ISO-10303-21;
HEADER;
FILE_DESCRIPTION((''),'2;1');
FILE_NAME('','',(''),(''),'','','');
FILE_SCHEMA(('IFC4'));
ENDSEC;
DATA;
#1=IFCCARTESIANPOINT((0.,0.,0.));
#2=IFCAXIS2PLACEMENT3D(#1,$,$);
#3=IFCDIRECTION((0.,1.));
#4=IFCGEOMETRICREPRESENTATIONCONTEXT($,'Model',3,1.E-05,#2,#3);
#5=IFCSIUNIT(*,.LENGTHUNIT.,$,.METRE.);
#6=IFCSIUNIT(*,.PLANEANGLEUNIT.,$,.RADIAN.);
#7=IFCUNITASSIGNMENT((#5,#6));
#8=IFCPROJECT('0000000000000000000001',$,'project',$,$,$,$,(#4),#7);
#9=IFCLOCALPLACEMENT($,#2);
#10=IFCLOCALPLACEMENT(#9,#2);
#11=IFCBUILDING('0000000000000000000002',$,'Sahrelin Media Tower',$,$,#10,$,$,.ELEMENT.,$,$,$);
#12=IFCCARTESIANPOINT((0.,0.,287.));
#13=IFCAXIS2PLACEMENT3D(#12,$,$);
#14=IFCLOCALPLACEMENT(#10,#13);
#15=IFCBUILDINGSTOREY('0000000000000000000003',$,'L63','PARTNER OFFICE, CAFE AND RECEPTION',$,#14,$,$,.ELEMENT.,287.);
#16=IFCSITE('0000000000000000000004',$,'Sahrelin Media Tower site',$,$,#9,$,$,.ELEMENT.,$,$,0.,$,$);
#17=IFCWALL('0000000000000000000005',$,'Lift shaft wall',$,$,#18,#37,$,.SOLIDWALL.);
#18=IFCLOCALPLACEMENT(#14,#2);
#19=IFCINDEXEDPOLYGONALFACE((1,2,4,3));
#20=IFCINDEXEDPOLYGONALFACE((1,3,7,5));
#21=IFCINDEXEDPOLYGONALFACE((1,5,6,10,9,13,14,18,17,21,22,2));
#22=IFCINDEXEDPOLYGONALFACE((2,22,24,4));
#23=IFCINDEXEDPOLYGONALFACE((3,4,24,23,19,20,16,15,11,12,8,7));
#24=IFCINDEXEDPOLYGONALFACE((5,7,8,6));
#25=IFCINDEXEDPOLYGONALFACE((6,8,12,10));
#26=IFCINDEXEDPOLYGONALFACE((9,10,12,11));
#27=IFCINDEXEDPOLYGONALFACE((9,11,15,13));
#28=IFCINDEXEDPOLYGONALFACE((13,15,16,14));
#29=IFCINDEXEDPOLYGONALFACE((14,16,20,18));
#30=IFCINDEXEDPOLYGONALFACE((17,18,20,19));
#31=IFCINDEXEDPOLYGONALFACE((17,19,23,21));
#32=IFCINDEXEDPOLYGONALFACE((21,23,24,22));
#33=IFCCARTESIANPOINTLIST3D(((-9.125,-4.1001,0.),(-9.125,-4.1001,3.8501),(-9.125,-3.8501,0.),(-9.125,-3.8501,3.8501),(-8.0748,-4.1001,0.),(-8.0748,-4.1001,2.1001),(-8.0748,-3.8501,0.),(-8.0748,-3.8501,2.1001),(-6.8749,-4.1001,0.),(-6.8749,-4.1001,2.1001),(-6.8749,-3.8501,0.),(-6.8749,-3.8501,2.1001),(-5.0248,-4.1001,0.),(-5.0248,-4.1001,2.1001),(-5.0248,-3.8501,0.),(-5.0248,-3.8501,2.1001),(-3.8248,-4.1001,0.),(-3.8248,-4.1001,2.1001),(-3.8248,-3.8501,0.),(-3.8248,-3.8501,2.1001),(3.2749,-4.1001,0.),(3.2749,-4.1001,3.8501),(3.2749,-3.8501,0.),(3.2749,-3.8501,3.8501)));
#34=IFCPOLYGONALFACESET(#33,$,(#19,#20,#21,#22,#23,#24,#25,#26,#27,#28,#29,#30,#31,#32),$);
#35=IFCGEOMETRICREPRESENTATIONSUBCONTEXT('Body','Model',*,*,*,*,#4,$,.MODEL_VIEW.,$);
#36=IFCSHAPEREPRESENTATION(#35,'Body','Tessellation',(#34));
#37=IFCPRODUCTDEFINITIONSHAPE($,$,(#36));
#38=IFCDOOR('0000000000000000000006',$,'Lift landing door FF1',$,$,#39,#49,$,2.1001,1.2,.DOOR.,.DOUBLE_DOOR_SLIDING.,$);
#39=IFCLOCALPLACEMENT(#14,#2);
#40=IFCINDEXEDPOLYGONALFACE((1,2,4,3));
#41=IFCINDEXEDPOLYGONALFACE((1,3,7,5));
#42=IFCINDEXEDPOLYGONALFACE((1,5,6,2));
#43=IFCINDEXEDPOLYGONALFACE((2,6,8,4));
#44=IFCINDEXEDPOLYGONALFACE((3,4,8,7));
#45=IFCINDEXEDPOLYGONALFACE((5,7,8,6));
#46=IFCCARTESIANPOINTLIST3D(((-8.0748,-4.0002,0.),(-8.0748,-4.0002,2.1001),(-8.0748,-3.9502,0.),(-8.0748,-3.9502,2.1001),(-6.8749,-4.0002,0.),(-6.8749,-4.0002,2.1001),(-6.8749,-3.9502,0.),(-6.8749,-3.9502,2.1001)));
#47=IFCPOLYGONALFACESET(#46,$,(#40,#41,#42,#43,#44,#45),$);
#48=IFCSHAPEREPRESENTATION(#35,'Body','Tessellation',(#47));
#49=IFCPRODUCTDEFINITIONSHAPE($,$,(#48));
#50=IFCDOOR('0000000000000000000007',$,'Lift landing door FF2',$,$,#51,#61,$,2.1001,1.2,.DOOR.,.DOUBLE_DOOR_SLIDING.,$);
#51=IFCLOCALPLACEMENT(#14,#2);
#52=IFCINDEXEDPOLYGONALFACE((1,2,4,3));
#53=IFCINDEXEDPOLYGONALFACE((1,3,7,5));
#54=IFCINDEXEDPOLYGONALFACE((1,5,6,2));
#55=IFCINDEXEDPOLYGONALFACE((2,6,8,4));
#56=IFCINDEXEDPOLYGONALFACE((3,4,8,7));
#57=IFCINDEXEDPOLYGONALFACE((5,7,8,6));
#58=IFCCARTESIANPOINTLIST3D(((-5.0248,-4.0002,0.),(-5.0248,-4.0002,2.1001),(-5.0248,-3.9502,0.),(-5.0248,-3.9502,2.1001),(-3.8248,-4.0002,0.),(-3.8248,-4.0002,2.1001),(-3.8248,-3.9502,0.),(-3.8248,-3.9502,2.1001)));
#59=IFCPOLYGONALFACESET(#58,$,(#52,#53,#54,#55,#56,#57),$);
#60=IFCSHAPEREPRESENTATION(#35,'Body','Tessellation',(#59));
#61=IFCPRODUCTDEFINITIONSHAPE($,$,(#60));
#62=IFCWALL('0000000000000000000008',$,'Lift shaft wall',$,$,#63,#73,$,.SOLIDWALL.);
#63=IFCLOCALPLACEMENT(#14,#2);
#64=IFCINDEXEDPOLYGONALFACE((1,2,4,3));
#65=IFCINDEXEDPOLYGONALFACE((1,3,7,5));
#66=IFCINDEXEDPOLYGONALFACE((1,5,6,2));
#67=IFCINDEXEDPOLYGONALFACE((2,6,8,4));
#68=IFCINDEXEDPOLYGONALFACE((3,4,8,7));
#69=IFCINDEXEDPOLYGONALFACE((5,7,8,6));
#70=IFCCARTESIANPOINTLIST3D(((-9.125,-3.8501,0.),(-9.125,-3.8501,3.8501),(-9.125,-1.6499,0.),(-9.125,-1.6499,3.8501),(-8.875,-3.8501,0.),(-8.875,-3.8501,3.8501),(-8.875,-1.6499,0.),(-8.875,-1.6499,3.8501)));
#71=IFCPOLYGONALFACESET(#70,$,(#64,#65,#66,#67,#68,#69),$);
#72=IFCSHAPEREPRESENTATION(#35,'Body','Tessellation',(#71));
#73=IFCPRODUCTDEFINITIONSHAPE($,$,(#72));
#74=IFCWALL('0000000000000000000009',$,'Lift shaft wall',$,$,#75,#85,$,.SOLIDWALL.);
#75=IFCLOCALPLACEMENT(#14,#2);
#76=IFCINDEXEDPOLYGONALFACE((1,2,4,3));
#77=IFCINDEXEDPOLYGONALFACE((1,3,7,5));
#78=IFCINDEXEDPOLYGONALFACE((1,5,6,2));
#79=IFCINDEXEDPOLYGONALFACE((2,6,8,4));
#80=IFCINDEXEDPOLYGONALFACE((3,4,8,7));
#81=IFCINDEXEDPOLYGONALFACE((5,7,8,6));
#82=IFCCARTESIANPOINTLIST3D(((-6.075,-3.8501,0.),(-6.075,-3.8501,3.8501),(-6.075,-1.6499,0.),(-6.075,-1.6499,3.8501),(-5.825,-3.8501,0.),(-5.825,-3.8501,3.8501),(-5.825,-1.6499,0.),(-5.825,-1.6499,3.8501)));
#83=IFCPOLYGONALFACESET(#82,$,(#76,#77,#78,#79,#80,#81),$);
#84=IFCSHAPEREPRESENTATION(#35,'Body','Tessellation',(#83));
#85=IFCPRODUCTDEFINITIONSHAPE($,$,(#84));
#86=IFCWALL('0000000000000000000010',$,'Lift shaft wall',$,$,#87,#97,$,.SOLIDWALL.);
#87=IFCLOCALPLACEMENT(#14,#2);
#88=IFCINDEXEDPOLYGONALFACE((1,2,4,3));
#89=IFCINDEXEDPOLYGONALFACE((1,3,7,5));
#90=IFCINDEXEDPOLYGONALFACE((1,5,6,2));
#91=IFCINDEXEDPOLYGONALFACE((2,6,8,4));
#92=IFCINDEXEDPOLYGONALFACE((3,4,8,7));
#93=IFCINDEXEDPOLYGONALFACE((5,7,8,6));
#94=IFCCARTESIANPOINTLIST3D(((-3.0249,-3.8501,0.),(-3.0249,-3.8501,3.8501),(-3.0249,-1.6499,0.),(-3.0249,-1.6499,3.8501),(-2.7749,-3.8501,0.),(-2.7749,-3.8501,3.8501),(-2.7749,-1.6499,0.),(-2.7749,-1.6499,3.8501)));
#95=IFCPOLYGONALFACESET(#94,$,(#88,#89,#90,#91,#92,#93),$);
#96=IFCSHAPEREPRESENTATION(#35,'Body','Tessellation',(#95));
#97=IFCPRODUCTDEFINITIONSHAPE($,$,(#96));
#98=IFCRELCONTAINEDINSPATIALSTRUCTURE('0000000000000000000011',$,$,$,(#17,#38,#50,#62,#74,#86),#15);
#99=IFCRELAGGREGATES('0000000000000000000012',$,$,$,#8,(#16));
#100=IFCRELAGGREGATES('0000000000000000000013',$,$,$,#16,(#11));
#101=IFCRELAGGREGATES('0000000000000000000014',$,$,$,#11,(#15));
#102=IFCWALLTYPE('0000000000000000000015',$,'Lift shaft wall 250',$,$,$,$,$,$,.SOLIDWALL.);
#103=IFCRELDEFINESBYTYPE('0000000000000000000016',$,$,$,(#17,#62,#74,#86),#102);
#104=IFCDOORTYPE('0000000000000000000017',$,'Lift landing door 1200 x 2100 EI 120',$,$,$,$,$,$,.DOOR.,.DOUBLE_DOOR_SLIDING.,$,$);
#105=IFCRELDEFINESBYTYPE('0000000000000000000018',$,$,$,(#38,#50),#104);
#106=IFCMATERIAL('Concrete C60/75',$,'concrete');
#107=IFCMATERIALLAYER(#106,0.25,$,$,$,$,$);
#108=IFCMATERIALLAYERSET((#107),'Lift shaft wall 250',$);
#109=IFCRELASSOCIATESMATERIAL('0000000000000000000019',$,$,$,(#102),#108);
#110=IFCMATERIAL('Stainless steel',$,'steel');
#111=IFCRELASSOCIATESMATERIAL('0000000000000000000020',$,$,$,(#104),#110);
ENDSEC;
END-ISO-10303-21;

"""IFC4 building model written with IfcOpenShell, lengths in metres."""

from ifc_helpers import new_model, si_unit, direction, frame, frame_2d, origin, place, context, subcontext, project, spatial, rectangle, extrude, material, layer, layer_set, type_object, element, fill, save


model = new_model("IFC4")

# Units and contexts
model_context = context("Model", 3, precision=1e-05, world=origin(), true_north=direction((0.0, 1.0)))
body_context = subcontext(model_context, "Body", "Model", "MODEL_VIEW")
ifc_project = project(units=[si_unit("LENGTHUNIT", "METRE"), si_unit("PLANEANGLEUNIT", "RADIAN")], contexts=[model_context])

# Site, building, storey
site_placement = place(None, origin())
site = spatial("IfcSite", under=ifc_project, at=site_placement, Name="Sahrelin Media Tower site", CompositionType="ELEMENT", RefElevation=0.0)
building_placement = place(site_placement, origin())
building = spatial("IfcBuilding", under=site, at=building_placement, Name="Sahrelin Media Tower", CompositionType="ELEMENT")
storey_placement = place(building_placement, frame((0.0, 0.0, 287.0)))
storey = spatial("IfcBuildingStorey", under=building, at=storey_placement, Name="L63", Description="PARTNER OFFICE, CAFE AND RECEPTION", CompositionType="ELEMENT", Elevation=287.0)

# Shared definitions
ifc_material_1 = material(Name="Concrete C60/75", Category="concrete")

# Wall, openings, doors
ifc_layer_1 = layer(ifc_material_1, 0.25)
ifc_layer_set_1 = layer_set([ifc_layer_1], Name="Lift shaft wall 250")
wall_type_1 = type_object("IfcWallType", Name="Lift shaft wall 250", PredefinedType="SOLIDWALL", material=ifc_layer_set_1)
ifc_material_2 = material(Name="Stainless steel", Category="steel")
door_type_1 = type_object("IfcDoorType", Name="Lift landing door 1200 x 2100 EI 120", OperationType="DOUBLE_DOOR_SLIDING", PredefinedType="DOOR", material=ifc_material_2)
wall_1_placement = place(storey_placement, frame((-9.125, -3.9751, 0.0), z_axis=(0.0, 0.0, 1.0), x_axis=(1.0, 0.0, 0.0)))
wall_1 = element("IfcWall", 1, at=wall_1_placement, inside=storey, type_object=wall_type_1, Name="Lift shaft wall", PredefinedType="SOLIDWALL", context=body_context, shape_type="SweptSolid", body=[
    extrude(rectangle(XDim=12.3999, YDim=0.25, at=frame_2d((6.2, 0.0))), origin(), (0.0, 0.0, 1.0), 3.8501),
])
opening_1_placement = place(wall_1_placement, frame((1.05, 0.0, 0.0)))
opening_1 = element("IfcOpeningElement", 2, at=opening_1_placement, cuts=wall_1, PredefinedType="OPENING", context=body_context, shape_type="SweptSolid", body=[
    extrude(rectangle(XDim=1.2, YDim=2.1001, at=frame_2d((0.6001, 1.05))), frame((0.0, 0.125, 0.0), z_axis=(0.0, -1.0, 0.0), x_axis=(1.0, 0.0, 0.0)), (0.0, 0.0, 1.0), 0.25),
])
opening_2_placement = place(wall_1_placement, frame((4.1001, 0.0, 0.0)))
opening_2 = element("IfcOpeningElement", 3, at=opening_2_placement, cuts=wall_1, PredefinedType="OPENING", context=body_context, shape_type="SweptSolid", body=[
    extrude(rectangle(XDim=1.2, YDim=2.1001, at=frame_2d((0.6001, 1.05))), frame((0.0, 0.125, 0.0), z_axis=(0.0, -1.0, 0.0), x_axis=(1.0, 0.0, 0.0)), (0.0, 0.0, 1.0), 0.25),
])
door_1_placement = place(opening_1_placement, origin())
door_1 = element("IfcDoor", 4, at=door_1_placement, inside=storey, type_object=door_type_1, Name="Lift landing door FF1", OperationType="DOUBLE_DOOR_SLIDING", OverallHeight=2.1001, OverallWidth=1.2, PredefinedType="DOOR", context=body_context, shape_type="SweptSolid", body=[
    extrude(rectangle(XDim=1.2, YDim=2.1001, at=frame_2d((0.6001, 1.05))), frame((0.0, 0.0249, 0.0), z_axis=(0.0, -1.0, 0.0), x_axis=(1.0, 0.0, 0.0)), (0.0, 0.0, 1.0), 0.05),
])
fill(opening_1, door_1)
door_2_placement = place(opening_2_placement, origin())
door_2 = element("IfcDoor", 5, at=door_2_placement, inside=storey, type_object=door_type_1, Name="Lift landing door FF2", OperationType="DOUBLE_DOOR_SLIDING", OverallHeight=2.1001, OverallWidth=1.2, PredefinedType="DOOR", context=body_context, shape_type="SweptSolid", body=[
    extrude(rectangle(XDim=1.2, YDim=2.1001, at=frame_2d((0.6001, 1.05))), frame((0.0, 0.0249, 0.0), z_axis=(0.0, -1.0, 0.0), x_axis=(1.0, 0.0, 0.0)), (0.0, 0.0, 1.0), 0.05),
])
fill(opening_2, door_2)

# Walls
for number, where, z_axis, x_axis, name in (
    (6, (-9.0, -3.8501, 0.0), (0.0, 0.0, 1.0), (0.0, 1.0, 0.0), "Lift shaft wall"),
    (7, (-5.95, -3.8501, 0.0), (0.0, 0.0, 1.0), (0.0, 1.0, 0.0), "Lift shaft wall"),
    (8, (-2.8999, -3.8501, 0.0), (0.0, 0.0, 1.0), (0.0, 1.0, 0.0), "Lift shaft wall"),
):
    element("IfcWall", number, at=place(storey_placement, frame(where, z_axis=z_axis, x_axis=x_axis)), inside=storey, type_object=wall_type_1, Name=name, PredefinedType="SOLIDWALL", context=body_context, shape_type="SweptSolid", body=[
        extrude(rectangle(XDim=2.2002, YDim=0.25, at=frame_2d((1.1001, 0.0))), origin(), (0.0, 0.0, 1.0), 3.8501),
    ])

save(model, "model.ifc")
